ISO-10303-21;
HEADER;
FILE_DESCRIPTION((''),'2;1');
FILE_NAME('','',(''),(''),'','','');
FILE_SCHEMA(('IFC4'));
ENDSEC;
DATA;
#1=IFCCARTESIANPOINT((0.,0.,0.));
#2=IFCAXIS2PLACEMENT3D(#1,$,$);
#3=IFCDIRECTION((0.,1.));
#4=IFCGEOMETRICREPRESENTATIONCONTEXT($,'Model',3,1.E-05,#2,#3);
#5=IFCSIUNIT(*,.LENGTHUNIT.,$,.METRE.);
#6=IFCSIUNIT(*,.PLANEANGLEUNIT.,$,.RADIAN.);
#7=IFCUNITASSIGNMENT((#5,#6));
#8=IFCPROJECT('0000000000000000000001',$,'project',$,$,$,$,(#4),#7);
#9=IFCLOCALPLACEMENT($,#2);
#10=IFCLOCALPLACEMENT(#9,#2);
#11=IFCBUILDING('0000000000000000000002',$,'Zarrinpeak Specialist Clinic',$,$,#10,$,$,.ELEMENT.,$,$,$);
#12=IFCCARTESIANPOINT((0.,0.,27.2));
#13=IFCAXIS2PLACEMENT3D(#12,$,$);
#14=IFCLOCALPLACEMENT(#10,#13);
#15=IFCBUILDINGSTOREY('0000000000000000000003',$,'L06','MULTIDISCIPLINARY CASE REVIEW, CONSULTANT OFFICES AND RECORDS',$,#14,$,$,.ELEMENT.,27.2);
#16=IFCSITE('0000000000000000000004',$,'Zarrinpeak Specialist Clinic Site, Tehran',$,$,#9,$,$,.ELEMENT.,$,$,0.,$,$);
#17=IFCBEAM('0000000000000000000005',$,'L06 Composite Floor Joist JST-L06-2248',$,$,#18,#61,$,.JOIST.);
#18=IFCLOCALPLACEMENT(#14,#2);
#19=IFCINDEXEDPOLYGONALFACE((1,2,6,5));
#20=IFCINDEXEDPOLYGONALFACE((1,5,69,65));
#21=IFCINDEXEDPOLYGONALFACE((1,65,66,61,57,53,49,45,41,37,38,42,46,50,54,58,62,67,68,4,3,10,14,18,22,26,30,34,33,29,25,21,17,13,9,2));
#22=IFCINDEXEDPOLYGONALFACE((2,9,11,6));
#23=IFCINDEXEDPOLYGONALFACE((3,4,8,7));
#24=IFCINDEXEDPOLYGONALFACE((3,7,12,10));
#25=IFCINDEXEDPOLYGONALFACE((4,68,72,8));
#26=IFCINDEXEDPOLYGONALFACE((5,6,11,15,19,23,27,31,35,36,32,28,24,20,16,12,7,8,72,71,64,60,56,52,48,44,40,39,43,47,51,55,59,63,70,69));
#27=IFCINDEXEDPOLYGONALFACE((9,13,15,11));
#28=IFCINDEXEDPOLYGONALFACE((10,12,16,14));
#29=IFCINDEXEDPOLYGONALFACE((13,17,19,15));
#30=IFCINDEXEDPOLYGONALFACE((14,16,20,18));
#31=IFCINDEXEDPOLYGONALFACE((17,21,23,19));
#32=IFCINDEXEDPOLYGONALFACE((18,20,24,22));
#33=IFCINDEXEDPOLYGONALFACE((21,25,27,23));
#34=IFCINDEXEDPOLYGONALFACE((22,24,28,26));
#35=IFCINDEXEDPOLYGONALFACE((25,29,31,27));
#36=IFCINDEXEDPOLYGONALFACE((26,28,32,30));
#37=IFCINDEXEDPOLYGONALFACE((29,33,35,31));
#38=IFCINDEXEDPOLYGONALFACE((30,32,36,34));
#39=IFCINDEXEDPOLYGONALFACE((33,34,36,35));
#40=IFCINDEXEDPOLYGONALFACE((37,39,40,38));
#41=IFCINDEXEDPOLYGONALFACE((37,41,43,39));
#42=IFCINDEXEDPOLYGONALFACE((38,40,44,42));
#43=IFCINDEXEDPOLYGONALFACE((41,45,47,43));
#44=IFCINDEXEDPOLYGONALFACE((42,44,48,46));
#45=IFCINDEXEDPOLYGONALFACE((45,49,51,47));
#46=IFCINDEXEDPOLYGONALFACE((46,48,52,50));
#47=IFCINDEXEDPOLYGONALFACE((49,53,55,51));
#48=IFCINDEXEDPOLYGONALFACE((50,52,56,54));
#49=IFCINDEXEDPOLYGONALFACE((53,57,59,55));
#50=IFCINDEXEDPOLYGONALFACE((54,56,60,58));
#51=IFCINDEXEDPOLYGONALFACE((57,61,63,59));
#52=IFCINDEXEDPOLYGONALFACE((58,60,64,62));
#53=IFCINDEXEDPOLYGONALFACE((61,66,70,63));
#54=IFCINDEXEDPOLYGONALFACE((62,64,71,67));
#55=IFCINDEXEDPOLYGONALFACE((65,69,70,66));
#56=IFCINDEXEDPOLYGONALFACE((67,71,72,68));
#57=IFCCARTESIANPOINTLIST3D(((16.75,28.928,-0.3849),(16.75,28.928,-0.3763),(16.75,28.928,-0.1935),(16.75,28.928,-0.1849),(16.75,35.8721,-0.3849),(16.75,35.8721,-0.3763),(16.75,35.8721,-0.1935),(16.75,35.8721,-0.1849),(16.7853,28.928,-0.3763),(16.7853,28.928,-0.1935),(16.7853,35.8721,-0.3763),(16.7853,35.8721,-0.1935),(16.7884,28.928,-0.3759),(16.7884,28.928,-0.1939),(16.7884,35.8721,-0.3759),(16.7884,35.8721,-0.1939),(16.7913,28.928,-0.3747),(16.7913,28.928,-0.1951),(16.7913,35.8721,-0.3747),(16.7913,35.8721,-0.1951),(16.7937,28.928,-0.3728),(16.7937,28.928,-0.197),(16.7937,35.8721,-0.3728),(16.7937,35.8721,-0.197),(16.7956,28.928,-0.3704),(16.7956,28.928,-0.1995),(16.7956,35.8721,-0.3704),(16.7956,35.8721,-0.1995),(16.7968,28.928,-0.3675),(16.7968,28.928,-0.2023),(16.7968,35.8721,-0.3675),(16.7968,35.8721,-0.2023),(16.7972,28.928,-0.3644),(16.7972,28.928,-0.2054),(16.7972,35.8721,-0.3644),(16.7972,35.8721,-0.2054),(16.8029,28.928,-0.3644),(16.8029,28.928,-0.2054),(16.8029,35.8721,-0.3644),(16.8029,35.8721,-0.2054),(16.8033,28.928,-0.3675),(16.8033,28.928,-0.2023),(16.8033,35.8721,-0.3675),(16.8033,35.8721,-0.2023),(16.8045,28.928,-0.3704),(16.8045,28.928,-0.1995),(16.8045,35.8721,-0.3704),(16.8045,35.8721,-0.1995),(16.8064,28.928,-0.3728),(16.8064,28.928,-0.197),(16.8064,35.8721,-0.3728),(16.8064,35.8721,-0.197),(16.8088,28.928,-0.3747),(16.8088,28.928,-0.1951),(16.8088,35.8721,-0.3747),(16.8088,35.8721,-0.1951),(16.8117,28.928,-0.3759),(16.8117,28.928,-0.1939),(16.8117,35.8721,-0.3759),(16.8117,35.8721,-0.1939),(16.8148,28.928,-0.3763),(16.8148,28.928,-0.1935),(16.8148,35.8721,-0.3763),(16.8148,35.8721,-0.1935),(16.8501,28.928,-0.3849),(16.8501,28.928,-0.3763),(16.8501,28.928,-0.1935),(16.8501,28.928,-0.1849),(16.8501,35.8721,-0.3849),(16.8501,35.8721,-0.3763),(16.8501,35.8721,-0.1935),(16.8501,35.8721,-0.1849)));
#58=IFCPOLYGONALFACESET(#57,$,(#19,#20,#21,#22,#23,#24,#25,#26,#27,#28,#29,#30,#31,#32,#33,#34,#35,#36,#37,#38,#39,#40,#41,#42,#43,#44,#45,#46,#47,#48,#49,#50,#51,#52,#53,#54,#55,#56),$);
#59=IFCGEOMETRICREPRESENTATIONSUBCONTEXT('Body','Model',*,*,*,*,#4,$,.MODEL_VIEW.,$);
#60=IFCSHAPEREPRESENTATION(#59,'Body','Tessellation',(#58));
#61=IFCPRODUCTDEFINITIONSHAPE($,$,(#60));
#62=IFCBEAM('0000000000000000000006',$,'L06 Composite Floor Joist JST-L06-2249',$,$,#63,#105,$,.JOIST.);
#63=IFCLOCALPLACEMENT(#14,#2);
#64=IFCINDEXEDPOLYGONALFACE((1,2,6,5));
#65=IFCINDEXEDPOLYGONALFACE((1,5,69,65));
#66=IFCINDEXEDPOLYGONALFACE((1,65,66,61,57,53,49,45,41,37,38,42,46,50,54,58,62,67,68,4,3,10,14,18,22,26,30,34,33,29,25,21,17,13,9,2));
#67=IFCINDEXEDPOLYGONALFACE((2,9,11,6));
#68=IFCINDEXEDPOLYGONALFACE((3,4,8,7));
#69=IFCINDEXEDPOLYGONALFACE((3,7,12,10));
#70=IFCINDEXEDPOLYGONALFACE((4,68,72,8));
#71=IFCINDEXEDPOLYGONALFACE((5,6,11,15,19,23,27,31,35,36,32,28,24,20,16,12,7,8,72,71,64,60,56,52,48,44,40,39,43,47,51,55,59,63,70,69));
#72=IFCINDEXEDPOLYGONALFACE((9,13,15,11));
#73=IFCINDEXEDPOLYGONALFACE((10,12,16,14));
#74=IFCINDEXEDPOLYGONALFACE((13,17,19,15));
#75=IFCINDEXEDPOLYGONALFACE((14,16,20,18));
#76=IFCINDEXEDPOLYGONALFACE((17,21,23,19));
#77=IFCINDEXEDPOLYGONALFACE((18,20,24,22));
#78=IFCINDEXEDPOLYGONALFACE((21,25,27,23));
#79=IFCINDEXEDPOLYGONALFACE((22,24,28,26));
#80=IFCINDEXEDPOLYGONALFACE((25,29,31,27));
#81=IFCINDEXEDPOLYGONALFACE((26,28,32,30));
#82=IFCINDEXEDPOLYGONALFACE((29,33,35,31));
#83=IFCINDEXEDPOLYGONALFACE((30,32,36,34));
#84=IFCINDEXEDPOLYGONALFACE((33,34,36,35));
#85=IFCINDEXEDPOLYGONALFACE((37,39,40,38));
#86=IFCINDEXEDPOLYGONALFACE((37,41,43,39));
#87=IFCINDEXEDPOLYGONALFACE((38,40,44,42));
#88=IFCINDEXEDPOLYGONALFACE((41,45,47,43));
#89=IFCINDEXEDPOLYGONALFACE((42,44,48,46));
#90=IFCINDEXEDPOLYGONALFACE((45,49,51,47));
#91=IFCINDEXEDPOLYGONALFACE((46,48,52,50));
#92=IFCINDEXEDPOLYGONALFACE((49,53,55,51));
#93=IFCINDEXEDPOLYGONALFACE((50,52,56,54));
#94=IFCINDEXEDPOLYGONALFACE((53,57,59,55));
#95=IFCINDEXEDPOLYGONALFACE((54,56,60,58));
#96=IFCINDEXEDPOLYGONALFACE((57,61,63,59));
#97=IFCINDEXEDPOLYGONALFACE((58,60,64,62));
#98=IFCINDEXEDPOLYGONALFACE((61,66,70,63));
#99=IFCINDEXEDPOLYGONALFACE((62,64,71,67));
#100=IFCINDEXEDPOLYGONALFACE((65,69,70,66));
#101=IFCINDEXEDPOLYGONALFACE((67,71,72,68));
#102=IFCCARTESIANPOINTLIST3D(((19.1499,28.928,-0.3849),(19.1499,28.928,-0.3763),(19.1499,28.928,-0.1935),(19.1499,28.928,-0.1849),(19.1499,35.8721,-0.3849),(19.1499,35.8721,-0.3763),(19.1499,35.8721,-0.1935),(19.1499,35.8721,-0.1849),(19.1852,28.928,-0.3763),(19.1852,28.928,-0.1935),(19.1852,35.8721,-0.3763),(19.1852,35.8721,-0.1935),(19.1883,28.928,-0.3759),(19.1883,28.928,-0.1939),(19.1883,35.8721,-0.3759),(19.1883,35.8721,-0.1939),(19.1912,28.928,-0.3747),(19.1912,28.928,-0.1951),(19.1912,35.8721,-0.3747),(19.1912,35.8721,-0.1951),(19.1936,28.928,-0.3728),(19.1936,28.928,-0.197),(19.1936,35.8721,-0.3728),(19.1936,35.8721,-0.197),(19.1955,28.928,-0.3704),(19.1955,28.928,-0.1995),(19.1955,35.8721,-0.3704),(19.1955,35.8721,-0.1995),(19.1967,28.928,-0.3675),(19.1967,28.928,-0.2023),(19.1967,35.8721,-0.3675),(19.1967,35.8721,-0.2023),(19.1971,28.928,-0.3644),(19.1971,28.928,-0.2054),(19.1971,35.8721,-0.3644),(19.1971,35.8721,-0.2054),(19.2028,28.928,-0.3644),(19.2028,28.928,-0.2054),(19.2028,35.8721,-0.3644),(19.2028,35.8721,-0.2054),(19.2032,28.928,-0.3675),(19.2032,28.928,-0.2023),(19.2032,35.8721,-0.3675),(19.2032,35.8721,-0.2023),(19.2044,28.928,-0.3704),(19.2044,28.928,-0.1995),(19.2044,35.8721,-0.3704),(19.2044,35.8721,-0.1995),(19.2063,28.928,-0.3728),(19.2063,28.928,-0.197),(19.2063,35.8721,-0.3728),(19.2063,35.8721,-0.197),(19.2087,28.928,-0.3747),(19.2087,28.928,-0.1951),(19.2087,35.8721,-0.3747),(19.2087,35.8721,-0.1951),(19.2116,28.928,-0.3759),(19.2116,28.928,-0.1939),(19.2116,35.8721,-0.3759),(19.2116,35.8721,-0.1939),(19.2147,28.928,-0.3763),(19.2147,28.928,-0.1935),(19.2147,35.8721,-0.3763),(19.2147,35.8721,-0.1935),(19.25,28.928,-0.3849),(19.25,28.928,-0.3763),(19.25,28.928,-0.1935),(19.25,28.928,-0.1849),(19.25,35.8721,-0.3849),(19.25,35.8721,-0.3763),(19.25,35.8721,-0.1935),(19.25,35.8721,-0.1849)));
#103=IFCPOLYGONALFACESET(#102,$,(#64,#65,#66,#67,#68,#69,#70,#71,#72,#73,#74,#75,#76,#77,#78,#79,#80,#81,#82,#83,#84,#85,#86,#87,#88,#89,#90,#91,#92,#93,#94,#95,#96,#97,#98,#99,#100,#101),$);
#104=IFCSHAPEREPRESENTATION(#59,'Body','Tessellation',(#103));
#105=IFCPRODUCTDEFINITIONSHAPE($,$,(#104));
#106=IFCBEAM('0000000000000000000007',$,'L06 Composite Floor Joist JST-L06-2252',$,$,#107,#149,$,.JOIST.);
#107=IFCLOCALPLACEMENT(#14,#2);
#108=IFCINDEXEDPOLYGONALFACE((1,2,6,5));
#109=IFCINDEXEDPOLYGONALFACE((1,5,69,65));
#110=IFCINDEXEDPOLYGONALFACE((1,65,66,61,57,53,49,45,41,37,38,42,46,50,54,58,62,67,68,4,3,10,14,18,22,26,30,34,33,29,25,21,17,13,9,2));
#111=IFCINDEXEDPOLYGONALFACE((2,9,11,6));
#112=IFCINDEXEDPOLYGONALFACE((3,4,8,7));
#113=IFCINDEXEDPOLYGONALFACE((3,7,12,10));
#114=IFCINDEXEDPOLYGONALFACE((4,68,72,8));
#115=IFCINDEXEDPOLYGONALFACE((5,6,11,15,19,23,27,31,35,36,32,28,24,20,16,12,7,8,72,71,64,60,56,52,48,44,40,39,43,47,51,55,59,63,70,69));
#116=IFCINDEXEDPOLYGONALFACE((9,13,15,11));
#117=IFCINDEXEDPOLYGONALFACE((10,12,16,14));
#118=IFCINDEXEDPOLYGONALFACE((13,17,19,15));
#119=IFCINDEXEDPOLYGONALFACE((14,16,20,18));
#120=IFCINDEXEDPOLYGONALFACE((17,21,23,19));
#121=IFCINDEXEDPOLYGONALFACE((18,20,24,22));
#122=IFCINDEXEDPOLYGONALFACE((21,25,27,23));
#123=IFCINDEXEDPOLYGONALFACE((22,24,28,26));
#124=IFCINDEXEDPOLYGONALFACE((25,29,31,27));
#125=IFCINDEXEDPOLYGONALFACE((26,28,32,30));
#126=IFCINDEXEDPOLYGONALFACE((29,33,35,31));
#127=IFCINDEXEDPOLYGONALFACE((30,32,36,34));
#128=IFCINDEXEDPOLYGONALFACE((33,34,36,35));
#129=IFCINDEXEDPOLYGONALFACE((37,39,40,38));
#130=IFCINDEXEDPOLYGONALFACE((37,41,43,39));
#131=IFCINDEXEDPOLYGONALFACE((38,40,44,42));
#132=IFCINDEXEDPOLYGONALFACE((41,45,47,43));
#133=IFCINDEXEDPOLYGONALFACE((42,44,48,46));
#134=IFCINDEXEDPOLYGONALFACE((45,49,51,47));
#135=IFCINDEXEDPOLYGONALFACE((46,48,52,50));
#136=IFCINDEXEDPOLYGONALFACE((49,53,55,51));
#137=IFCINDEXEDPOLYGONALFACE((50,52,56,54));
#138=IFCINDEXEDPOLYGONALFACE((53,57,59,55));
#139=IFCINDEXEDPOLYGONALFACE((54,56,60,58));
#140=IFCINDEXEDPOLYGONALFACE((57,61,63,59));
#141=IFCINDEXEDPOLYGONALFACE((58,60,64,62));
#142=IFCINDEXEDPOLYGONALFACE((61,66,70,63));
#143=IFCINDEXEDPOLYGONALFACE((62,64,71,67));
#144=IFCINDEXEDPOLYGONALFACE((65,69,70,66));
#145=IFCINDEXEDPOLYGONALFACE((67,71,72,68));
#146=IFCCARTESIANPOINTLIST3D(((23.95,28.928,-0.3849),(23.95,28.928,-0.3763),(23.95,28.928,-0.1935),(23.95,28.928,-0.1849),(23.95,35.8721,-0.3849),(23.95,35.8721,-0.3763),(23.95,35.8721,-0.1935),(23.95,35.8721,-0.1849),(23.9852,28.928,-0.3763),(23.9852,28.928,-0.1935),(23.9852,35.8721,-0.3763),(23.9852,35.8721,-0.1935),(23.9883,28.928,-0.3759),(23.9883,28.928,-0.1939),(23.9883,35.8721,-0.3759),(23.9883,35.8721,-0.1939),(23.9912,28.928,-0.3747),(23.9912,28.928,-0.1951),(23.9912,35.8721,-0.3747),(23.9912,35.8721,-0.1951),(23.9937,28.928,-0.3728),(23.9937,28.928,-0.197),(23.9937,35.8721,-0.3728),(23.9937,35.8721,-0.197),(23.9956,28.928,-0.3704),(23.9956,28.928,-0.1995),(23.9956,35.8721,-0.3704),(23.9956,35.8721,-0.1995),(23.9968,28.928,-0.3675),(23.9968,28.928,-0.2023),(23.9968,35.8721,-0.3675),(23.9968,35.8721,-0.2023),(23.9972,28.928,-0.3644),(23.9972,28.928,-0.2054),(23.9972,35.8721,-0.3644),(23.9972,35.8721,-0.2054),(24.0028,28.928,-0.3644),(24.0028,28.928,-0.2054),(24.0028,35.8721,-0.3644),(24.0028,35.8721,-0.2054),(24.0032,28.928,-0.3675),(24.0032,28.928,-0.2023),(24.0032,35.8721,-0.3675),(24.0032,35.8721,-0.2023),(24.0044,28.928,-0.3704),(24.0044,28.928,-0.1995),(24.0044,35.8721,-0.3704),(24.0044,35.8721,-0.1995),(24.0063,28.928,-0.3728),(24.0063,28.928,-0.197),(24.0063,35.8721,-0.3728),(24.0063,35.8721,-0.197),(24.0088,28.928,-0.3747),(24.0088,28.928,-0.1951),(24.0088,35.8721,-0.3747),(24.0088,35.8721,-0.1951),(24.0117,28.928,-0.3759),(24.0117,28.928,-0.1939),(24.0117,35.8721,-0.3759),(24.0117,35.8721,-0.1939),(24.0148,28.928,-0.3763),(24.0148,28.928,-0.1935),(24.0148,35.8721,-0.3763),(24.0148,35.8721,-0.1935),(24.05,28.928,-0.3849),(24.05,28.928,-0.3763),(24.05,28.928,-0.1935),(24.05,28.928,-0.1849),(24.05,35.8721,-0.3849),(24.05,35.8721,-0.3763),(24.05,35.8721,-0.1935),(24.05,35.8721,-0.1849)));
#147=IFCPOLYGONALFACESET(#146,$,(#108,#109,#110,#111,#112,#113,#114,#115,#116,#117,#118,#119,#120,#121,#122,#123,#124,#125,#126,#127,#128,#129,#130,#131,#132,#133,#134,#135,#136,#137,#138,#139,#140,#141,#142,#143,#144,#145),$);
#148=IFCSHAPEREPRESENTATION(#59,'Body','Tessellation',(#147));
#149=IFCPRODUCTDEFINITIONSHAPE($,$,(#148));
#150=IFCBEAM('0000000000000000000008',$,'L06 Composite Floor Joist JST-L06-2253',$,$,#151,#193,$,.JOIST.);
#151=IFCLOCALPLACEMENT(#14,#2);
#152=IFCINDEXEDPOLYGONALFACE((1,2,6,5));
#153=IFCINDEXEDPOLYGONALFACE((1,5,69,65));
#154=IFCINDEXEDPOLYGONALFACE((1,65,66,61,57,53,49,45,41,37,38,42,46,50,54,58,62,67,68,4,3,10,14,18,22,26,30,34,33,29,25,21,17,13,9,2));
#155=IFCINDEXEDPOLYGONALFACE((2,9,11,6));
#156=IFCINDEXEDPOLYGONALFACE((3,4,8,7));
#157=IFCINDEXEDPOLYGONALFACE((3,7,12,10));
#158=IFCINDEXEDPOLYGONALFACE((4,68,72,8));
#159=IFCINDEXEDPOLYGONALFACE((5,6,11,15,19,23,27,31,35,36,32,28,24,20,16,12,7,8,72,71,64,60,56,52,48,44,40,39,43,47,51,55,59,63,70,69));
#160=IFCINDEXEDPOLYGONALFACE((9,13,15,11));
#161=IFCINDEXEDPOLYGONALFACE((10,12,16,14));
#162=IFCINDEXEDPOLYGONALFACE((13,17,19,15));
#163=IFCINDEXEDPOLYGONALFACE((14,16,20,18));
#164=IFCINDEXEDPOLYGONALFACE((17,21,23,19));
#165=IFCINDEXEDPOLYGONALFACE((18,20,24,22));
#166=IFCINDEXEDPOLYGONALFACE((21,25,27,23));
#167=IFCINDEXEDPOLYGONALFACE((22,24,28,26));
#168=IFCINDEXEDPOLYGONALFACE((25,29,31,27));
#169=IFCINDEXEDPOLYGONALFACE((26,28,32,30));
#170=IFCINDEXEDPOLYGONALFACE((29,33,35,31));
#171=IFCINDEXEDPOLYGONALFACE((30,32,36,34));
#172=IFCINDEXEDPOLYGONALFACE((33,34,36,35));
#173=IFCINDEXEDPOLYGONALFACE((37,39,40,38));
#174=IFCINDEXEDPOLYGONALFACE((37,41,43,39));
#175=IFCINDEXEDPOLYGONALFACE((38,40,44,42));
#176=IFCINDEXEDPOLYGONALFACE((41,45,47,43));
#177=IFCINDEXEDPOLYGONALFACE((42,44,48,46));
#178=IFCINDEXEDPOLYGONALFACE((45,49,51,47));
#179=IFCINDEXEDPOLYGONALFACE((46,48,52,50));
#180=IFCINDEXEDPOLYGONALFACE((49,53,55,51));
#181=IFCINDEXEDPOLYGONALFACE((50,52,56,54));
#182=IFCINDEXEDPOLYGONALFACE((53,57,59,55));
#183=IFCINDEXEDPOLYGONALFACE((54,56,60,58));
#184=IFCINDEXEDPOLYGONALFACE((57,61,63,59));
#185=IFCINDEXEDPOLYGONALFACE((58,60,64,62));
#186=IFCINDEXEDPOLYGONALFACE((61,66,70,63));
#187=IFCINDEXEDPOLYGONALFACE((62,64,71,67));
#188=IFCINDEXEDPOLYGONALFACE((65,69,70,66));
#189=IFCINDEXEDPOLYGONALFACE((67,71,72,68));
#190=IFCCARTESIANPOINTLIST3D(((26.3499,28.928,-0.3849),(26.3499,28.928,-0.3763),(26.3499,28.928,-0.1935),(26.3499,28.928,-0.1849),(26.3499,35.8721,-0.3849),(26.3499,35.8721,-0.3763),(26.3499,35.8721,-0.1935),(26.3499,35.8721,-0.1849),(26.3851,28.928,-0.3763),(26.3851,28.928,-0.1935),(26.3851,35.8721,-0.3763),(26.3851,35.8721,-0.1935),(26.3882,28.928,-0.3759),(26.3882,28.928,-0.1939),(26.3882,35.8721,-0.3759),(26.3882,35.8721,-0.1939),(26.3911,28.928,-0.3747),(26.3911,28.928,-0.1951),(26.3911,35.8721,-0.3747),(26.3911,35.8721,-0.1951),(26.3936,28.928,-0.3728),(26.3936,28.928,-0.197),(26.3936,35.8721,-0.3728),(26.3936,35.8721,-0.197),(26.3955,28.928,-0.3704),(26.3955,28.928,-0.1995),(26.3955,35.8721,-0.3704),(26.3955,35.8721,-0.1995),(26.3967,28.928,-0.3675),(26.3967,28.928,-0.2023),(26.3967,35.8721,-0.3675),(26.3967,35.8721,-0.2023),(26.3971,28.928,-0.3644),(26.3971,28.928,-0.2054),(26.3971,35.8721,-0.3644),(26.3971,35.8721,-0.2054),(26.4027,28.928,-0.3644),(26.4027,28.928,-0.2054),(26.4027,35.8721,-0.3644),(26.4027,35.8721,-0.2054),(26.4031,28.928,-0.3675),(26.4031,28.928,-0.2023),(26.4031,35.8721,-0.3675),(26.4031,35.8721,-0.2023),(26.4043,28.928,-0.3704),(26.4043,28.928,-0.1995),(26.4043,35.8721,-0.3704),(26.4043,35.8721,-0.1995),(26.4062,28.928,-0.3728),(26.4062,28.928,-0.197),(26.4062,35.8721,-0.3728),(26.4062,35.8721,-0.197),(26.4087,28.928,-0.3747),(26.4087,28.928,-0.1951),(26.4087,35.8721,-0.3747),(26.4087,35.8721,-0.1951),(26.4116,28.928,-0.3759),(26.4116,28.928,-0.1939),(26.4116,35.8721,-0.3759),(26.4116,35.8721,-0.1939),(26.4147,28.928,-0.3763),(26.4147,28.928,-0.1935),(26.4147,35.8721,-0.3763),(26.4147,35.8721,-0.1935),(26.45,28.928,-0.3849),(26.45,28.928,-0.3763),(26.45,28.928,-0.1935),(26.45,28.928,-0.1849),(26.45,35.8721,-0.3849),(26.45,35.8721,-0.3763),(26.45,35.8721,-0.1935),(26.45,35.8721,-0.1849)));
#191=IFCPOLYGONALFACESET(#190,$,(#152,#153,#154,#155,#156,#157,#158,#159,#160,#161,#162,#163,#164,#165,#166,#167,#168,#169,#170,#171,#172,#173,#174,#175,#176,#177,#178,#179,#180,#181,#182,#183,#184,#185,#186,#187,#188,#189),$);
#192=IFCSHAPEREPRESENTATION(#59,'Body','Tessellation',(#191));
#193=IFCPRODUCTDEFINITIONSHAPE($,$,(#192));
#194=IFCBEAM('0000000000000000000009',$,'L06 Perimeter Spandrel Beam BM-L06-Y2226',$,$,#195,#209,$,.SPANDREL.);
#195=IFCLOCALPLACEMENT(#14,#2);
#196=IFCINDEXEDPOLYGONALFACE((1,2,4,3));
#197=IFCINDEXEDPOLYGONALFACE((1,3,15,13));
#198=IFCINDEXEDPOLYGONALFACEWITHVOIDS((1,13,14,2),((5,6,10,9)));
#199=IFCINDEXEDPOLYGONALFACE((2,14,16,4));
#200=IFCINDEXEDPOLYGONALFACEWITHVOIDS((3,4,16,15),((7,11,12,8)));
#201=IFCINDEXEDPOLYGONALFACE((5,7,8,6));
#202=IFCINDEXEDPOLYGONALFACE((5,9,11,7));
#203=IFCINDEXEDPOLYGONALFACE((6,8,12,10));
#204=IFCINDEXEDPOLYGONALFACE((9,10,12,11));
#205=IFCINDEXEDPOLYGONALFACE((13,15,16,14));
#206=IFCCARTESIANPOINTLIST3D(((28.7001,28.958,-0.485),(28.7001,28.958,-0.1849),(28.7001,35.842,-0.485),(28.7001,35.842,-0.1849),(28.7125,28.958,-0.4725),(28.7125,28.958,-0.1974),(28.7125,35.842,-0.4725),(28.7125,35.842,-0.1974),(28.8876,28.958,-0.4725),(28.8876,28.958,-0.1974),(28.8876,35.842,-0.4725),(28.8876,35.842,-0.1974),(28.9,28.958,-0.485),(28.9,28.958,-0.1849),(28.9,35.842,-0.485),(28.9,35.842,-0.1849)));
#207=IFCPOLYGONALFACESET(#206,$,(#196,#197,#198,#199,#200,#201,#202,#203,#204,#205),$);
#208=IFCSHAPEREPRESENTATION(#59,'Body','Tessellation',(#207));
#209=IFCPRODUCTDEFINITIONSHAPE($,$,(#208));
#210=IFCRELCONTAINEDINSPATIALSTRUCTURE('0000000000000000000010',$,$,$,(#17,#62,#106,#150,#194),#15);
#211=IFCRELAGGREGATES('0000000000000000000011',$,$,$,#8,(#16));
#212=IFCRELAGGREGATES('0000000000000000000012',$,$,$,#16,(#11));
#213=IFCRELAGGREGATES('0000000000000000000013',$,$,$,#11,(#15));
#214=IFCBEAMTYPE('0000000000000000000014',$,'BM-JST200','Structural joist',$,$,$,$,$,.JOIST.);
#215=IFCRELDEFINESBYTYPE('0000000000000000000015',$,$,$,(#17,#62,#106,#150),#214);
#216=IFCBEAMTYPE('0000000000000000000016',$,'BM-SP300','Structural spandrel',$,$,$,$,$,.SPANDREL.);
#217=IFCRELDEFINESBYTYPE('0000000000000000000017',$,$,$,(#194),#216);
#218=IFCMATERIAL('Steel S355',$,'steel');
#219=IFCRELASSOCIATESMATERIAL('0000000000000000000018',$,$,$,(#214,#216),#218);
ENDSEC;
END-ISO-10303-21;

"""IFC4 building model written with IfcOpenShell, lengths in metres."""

from ifc_helpers import new_model, si_unit, direction, frame, origin, origin_2d, place, context, subcontext, project, spatial, hollow_rectangle, i_section, extrude, material, material_profile, profile_set, type_object, element, save


model = new_model("IFC4")

# Units and contexts
model_context = context("Model", 3, precision=1e-05, world=origin(), true_north=direction((0.0, 1.0)))
body_context = subcontext(model_context, "Body", "Model", "MODEL_VIEW")
ifc_project = project(units=[si_unit("LENGTHUNIT", "METRE"), si_unit("PLANEANGLEUNIT", "RADIAN")], contexts=[model_context])

# Site, building, storey
site_placement = place(None, origin())
site = spatial("IfcSite", under=ifc_project, at=site_placement, Name="Zarrinpeak Specialist Clinic Site, Tehran", CompositionType="ELEMENT", RefElevation=0.0)
building_placement = place(site_placement, origin())
building = spatial("IfcBuilding", under=site, at=building_placement, Name="Zarrinpeak Specialist Clinic", CompositionType="ELEMENT")
storey_placement = place(building_placement, frame((0.0, 0.0, 27.2)))
storey = spatial("IfcBuildingStorey", under=building, at=storey_placement, Name="L06", Description="MULTIDISCIPLINARY CASE REVIEW, CONSULTANT OFFICES AND RECORDS", CompositionType="ELEMENT", Elevation=27.2)

# Shared definitions
ifc_material_1 = material(Name="Steel S355", Category="steel")

# Beams
ifc_material_profile_1 = material_profile(ifc_material_1, i_section(OverallWidth=0.1001, OverallDepth=0.2, WebThickness=0.0056, FlangeThickness=0.0085, FilletRadius=0.012, at=origin_2d()), Name="IPE 200")
ifc_profile_set_1 = profile_set([ifc_material_profile_1], Name="Steel S355")
beam_type_1 = type_object("IfcBeamType", Name="BM-JST200", Description="Structural joist", PredefinedType="JOIST", material=ifc_profile_set_1)
for number, where, z_axis, x_axis, name in (
    (1, (16.8, 28.928, -0.2849), (0.0, 1.0, 0.0), (-1.0, 0.0, 0.0), "L06 Composite Floor Joist JST-L06-2248"),
    (2, (19.2, 28.928, -0.2849), (0.0, 1.0, 0.0), (-1.0, 0.0, 0.0), "L06 Composite Floor Joist JST-L06-2249"),
    (3, (24.0, 28.928, -0.2849), (0.0, 1.0, 0.0), (-1.0, 0.0, 0.0), "L06 Composite Floor Joist JST-L06-2252"),
    (4, (26.3999, 28.928, -0.2849), (0.0, 1.0, 0.0), (-1.0, 0.0, 0.0), "L06 Composite Floor Joist JST-L06-2253"),
):
    element("IfcBeam", number, at=place(storey_placement, frame(where, z_axis=z_axis, x_axis=x_axis)), inside=storey, type_object=beam_type_1, Name=name, PredefinedType="JOIST", context=body_context, shape_type="SweptSolid", body=[
        extrude(i_section(OverallWidth=0.1001, OverallDepth=0.2, WebThickness=0.0056, FlangeThickness=0.0085, FilletRadius=0.012, at=origin_2d()), origin(), (0.0, 0.0, 1.0), 6.9441),
    ])
ifc_material_profile_2 = material_profile(ifc_material_1, hollow_rectangle(XDim=0.2, YDim=0.3, WallThickness=0.0125, at=origin_2d()), Name="RHS 300x200x12.5")
ifc_profile_set_2 = profile_set([ifc_material_profile_2], Name="Steel S355")
beam_type_2 = type_object("IfcBeamType", Name="BM-SP300", Description="Structural spandrel", PredefinedType="SPANDREL", material=ifc_profile_set_2)
beam_1_placement = place(storey_placement, frame((28.8, 28.958, -0.335), z_axis=(0.0, 1.0, 0.0), x_axis=(-1.0, 0.0, 0.0)))
element("IfcBeam", 5, at=beam_1_placement, inside=storey, type_object=beam_type_2, Name="L06 Perimeter Spandrel Beam BM-L06-Y2226", PredefinedType="SPANDREL", context=body_context, shape_type="SweptSolid", body=[
    extrude(hollow_rectangle(XDim=0.2, YDim=0.3, WallThickness=0.0125, at=origin_2d()), origin(), (0.0, 0.0, 1.0), 6.884),
])

save(model, "model.ifc")
